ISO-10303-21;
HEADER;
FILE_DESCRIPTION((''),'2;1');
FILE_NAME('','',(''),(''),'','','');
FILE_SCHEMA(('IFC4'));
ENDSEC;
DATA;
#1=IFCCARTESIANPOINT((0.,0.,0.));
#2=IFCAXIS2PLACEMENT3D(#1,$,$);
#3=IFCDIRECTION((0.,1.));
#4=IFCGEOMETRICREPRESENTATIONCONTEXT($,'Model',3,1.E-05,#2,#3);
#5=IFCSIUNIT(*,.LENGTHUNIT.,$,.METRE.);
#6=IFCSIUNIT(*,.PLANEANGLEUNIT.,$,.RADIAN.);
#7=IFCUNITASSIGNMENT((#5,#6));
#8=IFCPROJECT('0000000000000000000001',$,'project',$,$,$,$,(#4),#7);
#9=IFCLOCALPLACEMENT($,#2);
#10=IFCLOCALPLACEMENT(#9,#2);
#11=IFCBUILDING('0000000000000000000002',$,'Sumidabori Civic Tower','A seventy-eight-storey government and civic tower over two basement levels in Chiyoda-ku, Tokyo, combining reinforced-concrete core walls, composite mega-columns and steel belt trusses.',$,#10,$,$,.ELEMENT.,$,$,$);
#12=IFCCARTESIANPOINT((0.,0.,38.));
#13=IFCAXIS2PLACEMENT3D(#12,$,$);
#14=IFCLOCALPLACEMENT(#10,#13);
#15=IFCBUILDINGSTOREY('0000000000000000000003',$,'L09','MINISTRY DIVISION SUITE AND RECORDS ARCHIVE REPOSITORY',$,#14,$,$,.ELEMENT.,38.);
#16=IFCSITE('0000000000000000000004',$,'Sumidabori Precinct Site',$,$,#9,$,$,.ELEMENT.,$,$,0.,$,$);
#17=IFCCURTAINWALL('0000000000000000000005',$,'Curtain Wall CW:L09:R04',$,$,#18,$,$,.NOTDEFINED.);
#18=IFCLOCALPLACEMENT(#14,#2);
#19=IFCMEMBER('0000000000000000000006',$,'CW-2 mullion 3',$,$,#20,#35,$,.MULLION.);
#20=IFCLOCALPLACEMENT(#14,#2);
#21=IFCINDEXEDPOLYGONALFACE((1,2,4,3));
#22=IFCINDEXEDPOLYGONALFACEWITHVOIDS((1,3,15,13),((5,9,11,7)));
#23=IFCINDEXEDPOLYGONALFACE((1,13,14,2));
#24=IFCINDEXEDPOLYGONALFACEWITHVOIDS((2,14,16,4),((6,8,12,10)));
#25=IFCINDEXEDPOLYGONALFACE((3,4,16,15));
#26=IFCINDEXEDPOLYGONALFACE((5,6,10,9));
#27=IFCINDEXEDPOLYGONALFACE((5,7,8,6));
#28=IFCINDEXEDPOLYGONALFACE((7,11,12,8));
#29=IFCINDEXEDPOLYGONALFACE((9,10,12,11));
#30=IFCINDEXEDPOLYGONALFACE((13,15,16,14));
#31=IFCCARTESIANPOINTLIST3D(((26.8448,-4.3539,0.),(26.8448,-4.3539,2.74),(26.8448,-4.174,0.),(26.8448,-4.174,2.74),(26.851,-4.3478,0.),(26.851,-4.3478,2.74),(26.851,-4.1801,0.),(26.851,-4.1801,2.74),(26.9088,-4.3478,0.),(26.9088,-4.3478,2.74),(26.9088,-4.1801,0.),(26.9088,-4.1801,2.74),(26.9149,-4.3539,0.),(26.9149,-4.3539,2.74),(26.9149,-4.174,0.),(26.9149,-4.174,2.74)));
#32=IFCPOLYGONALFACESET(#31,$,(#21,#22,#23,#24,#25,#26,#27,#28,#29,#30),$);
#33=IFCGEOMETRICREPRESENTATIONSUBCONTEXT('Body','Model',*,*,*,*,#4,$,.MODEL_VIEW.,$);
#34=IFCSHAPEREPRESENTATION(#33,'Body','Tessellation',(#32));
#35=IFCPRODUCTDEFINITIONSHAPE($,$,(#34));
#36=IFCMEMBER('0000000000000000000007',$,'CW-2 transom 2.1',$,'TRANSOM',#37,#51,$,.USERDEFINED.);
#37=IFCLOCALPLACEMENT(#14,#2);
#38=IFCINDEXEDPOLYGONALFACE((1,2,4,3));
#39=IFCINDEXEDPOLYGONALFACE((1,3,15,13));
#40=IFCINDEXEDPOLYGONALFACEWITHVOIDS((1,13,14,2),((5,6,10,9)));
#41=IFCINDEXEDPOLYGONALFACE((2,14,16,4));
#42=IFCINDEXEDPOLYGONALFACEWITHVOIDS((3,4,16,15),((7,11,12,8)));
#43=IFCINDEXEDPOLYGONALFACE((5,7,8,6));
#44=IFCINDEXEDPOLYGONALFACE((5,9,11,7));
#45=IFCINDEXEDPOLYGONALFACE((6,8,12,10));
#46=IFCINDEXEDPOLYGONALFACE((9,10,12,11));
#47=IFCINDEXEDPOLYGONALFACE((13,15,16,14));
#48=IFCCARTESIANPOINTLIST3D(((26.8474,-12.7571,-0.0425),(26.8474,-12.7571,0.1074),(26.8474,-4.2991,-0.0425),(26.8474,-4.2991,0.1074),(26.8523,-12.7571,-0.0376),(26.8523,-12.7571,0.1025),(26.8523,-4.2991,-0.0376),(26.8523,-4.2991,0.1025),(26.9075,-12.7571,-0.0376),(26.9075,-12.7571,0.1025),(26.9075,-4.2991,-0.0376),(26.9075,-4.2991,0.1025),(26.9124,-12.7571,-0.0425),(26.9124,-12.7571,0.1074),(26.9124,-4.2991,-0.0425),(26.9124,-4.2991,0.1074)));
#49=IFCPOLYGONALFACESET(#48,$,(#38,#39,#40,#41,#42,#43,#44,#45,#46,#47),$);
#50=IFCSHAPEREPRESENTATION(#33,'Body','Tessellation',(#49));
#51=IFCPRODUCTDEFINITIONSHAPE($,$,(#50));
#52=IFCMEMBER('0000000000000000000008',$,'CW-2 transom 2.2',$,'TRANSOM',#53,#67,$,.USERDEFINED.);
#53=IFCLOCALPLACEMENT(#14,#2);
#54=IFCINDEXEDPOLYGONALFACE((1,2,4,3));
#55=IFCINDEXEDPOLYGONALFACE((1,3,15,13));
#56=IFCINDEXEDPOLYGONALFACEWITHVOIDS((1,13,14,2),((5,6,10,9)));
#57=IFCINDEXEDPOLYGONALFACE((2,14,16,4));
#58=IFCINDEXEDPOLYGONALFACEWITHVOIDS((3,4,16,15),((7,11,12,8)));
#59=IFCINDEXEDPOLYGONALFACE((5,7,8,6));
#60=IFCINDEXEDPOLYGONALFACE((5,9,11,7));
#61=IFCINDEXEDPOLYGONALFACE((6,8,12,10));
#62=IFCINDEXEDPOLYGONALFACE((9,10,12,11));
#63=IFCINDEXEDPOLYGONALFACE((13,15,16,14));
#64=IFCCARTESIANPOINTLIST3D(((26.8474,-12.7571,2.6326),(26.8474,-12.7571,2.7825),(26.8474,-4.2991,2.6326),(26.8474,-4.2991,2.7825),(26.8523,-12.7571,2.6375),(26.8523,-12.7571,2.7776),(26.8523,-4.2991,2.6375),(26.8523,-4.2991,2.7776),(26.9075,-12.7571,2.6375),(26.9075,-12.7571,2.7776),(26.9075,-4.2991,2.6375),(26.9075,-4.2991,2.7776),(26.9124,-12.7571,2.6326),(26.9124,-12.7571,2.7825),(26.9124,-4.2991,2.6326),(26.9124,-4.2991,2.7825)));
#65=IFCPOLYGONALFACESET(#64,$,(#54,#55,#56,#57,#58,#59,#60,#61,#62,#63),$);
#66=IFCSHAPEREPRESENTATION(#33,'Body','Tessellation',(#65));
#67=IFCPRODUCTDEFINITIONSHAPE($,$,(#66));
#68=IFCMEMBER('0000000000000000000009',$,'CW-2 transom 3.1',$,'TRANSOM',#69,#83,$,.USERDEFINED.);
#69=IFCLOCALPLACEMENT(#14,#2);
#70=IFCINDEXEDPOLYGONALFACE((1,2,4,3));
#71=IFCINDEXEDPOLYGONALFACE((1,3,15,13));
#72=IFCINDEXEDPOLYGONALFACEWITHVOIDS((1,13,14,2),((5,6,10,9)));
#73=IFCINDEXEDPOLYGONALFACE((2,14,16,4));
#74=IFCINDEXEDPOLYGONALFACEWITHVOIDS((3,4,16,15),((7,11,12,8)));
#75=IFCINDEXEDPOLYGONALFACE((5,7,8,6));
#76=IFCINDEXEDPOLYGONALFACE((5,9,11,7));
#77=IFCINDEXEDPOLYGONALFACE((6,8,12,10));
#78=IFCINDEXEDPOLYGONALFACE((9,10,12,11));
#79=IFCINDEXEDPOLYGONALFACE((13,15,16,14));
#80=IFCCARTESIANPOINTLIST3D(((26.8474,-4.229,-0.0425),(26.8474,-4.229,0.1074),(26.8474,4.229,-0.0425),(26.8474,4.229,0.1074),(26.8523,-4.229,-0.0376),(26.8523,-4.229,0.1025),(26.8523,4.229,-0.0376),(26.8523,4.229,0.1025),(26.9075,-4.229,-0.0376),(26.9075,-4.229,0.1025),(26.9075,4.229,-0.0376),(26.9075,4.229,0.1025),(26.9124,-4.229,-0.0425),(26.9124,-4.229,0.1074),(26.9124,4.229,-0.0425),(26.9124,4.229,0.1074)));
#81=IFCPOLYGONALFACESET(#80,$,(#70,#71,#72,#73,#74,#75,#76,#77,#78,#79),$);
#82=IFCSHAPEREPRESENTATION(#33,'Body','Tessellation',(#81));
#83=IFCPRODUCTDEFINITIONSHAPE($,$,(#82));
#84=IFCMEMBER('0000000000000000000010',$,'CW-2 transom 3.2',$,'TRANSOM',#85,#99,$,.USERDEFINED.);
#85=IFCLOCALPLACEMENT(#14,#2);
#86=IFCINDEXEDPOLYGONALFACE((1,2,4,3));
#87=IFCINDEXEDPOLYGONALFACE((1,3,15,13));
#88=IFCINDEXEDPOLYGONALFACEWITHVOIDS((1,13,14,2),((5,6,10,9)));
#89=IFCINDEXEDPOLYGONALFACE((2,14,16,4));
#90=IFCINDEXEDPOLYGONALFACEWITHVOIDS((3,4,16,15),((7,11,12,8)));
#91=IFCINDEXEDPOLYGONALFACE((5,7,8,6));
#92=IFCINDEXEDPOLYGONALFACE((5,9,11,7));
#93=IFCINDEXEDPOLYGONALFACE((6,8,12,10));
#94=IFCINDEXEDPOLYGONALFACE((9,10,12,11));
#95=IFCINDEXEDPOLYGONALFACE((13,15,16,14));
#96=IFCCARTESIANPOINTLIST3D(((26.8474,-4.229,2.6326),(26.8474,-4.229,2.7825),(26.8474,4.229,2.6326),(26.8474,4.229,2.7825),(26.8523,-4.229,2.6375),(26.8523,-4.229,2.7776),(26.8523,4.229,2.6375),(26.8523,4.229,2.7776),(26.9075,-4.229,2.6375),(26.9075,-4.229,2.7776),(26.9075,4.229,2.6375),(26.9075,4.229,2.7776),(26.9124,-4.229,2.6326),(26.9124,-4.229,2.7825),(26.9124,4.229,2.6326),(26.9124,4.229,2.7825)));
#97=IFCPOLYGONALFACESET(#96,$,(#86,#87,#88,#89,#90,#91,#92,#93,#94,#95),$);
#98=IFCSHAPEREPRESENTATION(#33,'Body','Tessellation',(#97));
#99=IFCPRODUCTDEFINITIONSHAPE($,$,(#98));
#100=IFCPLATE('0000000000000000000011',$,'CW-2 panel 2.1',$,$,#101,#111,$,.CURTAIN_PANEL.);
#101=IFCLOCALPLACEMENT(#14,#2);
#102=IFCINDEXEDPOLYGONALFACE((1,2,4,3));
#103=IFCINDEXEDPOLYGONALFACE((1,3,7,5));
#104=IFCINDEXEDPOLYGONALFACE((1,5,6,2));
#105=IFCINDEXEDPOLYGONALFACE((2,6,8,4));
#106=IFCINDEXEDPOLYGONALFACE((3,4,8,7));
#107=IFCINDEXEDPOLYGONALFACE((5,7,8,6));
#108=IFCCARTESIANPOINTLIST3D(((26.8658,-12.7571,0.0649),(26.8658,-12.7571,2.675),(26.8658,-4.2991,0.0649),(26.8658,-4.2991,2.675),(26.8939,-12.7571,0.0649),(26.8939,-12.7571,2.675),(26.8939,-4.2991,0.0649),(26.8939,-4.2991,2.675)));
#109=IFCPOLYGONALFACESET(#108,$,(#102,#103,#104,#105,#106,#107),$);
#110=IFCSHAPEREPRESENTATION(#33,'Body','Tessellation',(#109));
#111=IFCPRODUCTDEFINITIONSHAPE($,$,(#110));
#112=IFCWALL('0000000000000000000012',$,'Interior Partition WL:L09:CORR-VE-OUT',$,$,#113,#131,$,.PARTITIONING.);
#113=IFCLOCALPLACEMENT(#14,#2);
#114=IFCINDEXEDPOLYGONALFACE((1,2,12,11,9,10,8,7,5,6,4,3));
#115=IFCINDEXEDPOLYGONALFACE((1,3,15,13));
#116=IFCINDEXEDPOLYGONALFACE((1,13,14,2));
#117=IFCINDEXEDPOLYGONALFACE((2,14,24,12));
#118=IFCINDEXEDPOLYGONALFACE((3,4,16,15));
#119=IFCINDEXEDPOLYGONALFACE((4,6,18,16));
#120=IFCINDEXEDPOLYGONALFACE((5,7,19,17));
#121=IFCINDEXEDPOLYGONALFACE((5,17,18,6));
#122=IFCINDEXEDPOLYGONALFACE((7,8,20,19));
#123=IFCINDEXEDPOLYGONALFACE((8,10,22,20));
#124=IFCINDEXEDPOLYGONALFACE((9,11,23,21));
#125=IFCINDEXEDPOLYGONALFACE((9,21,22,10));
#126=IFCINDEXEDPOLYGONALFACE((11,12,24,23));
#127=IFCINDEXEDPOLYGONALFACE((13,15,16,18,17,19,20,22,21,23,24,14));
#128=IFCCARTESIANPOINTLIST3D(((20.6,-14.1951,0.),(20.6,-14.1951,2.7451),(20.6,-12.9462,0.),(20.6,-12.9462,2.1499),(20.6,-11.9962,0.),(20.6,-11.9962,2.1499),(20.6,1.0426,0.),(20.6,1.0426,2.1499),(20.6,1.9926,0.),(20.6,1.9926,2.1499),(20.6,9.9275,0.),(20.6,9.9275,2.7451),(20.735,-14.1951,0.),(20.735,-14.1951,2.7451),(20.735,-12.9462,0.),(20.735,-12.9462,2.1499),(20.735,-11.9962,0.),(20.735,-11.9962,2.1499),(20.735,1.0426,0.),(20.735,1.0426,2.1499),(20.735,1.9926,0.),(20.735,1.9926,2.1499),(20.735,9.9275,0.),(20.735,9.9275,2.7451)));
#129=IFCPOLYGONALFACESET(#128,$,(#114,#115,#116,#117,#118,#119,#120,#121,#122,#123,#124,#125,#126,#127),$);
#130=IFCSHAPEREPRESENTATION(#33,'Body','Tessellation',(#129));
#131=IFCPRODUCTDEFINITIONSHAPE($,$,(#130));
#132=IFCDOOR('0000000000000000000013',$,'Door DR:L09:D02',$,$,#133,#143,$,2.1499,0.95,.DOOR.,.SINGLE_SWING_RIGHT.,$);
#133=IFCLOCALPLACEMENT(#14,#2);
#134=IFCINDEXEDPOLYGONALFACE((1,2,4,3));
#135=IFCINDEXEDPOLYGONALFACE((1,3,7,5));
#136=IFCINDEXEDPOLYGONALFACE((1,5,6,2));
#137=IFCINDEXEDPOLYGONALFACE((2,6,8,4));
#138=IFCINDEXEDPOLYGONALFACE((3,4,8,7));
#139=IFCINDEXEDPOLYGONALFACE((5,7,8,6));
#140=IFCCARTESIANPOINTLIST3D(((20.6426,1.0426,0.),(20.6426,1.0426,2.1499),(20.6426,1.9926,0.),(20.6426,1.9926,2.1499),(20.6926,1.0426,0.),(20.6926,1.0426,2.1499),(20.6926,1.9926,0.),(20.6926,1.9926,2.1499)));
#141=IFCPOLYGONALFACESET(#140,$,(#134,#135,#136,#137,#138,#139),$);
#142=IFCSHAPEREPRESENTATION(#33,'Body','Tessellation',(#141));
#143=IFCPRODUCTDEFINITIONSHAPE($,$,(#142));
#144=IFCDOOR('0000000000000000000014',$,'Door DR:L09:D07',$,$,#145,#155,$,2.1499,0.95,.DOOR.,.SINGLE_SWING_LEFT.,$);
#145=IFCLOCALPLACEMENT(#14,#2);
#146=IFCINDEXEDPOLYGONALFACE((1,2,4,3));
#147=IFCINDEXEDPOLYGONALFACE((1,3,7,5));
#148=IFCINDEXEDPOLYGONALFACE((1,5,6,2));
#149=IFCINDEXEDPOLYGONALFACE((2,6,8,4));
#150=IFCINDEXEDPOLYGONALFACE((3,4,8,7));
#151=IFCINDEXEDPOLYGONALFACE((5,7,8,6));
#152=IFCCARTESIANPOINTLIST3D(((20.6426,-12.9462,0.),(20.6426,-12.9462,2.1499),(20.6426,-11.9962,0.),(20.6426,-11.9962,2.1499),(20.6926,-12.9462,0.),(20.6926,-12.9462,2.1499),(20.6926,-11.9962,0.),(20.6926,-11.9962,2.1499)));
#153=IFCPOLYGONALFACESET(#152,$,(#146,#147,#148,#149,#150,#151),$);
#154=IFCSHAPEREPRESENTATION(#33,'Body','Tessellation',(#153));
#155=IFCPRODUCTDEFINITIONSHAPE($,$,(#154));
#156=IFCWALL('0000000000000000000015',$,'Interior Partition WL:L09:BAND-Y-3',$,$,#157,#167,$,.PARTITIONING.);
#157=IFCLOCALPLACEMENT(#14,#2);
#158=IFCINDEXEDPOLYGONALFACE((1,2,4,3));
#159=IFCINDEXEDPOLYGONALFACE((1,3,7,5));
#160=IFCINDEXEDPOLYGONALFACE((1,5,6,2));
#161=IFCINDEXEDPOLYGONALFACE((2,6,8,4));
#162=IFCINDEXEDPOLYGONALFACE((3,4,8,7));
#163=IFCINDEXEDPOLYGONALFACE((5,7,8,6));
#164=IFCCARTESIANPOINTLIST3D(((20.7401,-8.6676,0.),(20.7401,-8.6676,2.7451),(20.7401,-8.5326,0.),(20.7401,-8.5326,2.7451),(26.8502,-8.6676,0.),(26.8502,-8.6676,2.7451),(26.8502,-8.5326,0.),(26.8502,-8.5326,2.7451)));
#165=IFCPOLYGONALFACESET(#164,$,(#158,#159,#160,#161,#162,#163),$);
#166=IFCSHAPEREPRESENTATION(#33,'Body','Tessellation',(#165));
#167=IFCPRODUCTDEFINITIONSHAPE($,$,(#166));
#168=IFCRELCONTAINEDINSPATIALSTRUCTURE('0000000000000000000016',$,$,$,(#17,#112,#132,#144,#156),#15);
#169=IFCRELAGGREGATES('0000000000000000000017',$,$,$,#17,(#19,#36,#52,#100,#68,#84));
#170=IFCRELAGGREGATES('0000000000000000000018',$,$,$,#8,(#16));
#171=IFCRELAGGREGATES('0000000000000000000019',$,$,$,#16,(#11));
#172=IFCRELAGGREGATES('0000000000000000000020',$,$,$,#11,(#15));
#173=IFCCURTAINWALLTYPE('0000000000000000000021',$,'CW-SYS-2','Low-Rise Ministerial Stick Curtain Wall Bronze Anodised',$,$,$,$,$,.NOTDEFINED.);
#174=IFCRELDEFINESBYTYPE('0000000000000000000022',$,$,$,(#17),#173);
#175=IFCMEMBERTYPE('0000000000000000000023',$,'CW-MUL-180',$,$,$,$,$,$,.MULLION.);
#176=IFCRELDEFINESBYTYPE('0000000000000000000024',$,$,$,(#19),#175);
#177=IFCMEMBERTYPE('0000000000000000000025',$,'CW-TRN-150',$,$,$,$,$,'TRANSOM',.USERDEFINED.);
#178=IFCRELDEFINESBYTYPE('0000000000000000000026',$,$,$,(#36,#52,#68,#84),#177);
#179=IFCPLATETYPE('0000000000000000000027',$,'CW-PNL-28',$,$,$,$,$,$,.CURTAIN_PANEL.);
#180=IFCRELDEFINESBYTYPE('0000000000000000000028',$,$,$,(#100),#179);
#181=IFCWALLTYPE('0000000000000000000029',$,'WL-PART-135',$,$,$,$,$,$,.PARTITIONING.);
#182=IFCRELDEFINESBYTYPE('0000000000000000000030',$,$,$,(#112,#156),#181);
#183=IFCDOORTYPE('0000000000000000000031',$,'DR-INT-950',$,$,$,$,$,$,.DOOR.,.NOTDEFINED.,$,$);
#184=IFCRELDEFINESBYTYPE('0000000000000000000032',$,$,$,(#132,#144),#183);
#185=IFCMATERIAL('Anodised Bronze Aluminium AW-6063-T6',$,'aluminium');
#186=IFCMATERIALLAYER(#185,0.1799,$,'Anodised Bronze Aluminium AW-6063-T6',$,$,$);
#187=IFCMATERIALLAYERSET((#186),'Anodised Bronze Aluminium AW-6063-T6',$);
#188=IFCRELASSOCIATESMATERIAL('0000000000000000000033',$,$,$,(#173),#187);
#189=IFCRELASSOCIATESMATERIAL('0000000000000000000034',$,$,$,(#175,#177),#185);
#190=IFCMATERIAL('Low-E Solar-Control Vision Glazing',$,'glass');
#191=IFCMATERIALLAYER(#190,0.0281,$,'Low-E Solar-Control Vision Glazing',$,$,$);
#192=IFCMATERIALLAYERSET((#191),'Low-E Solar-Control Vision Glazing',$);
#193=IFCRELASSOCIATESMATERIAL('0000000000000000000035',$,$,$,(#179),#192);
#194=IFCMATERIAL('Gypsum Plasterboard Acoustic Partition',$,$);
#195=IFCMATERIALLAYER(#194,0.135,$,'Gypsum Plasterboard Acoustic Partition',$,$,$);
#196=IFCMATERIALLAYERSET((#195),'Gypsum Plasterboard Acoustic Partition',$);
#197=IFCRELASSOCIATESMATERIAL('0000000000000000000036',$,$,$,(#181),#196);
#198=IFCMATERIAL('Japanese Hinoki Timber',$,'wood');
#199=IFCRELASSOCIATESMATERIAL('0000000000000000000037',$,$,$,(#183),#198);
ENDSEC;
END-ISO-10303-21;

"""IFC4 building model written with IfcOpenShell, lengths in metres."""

from ifc_helpers import new_model, si_unit, direction, frame, frame_2d, origin, origin_2d, place, context, subcontext, project, spatial, rectangle, hollow_rectangle, extrude, source, transform, mapped, material, layer, layer_set, material_profile, profile_set, type_object, element, fill, aggregate, save


model = new_model("IFC4")

# Units and contexts
model_context = context("Model", 3, precision=1e-05, world=origin(), true_north=direction((0.0, 1.0)))
body_context = subcontext(model_context, "Body", "Model", "MODEL_VIEW")
ifc_project = project(units=[si_unit("LENGTHUNIT", "METRE"), si_unit("PLANEANGLEUNIT", "RADIAN")], contexts=[model_context])

# Site, building, storey
site_placement = place(None, origin())
site = spatial("IfcSite", under=ifc_project, at=site_placement, Name="Sumidabori Precinct Site", CompositionType="ELEMENT", RefElevation=0.0)
building_placement = place(site_placement, origin())
building = spatial("IfcBuilding", under=site, at=building_placement, Name="Sumidabori Civic Tower", Description="A seventy-eight-storey government and civic tower over two basement levels in Chiyoda-ku, Tokyo, combining reinforced-concrete core walls, composite mega-columns and steel belt trusses.", CompositionType="ELEMENT")
storey_placement = place(building_placement, frame((0.0, 0.0, 38.0)))
storey = spatial("IfcBuildingStorey", under=building, at=storey_placement, Name="L09", Description="MINISTRY DIVISION SUITE AND RECORDS ARCHIVE REPOSITORY", CompositionType="ELEMENT", Elevation=38.0)

# Curtain wall, members, plate
ifc_material_1 = material(Name="Anodised Bronze Aluminium AW-6063-T6", Category="aluminium")
ifc_layer_1 = layer(ifc_material_1, 0.1799, Name="Anodised Bronze Aluminium AW-6063-T6")
ifc_layer_set_1 = layer_set([ifc_layer_1], Name="Anodised Bronze Aluminium AW-6063-T6")
curtain_wall_type = type_object("IfcCurtainWallType", Name="CW-SYS-2", Description="Low-Rise Ministerial Stick Curtain Wall Bronze Anodised", PredefinedType="NOTDEFINED", material=ifc_layer_set_1)
curtain_wall_placement = place(storey_placement, origin())
curtain_wall = element("IfcCurtainWall", 1, at=curtain_wall_placement, inside=storey, type_object=curtain_wall_type, Name="Curtain Wall CW:L09:R04", PredefinedType="NOTDEFINED")
ifc_material_profile_1 = material_profile(ifc_material_1, hollow_rectangle(XDim=0.0701, YDim=0.1799, WallThickness=0.0061, at=origin_2d()), Name="ALU MULLION 180x70")
ifc_profile_set_1 = profile_set([ifc_material_profile_1], Name="Anodised Bronze Aluminium AW-6063-T6")
member_type_1 = type_object("IfcMemberType", Name="CW-MUL-180", PredefinedType="MULLION", material=ifc_profile_set_1)
shared_shape_1 = source(origin(), body_context, "Body", "SweptSolid", [
    extrude(hollow_rectangle(XDim=0.0701, YDim=0.1799, WallThickness=0.0061, at=origin_2d()), origin(), (0.0, 0.0, 1.0), 2.74),
])
member_1_placement = place(storey_placement, frame((26.8799, -4.2639, 0.0), z_axis=(0.0, 0.0, 1.0), x_axis=(-1.0, 0.0, 0.0)))
member_1 = element("IfcMember", 2, at=member_1_placement, type_object=member_type_1, Name="CW-2 mullion 3", PredefinedType="MULLION", context=body_context, shape_type="MappedRepresentation", body=[
    mapped(shared_shape_1, transform((0.0, 0.0, 0.0), x_axis=(1.0, 0.0, 0.0), y_axis=(0.0, 1.0, 0.0), z_axis=(0.0, 0.0, 1.0), scale=1.0)),
])
ifc_material_profile_2 = material_profile(ifc_material_1, hollow_rectangle(XDim=0.0649, YDim=0.1499, WallThickness=0.0049, at=origin_2d()), Name="ALU TRANSOM 150x65")
ifc_profile_set_2 = profile_set([ifc_material_profile_2], Name="Anodised Bronze Aluminium AW-6063-T6")
member_type_2 = type_object("IfcMemberType", Name="CW-TRN-150", ElementType="TRANSOM", PredefinedType="USERDEFINED", material=ifc_profile_set_2)
shared_shape_2 = source(origin(), body_context, "Body", "SweptSolid", [
    extrude(hollow_rectangle(XDim=0.0649, YDim=0.1499, WallThickness=0.0049, at=origin_2d()), origin(), (0.0, 0.0, 1.0), 8.458),
])
member_2_placement = place(storey_placement, frame((26.8799, -12.7571, 0.0325), z_axis=(0.0, 1.0, 0.0), x_axis=(-1.0, 0.0, 0.0)))
member_2 = element("IfcMember", 3, at=member_2_placement, type_object=member_type_2, Name="CW-2 transom 2.1", ObjectType="TRANSOM", PredefinedType="USERDEFINED", context=body_context, shape_type="MappedRepresentation", body=[
    mapped(shared_shape_2, transform((0.0, 0.0, 0.0), x_axis=(1.0, 0.0, 0.0), y_axis=(0.0, 1.0, 0.0), z_axis=(0.0, 0.0, 1.0), scale=1.0)),
])
member_3_placement = place(storey_placement, frame((26.8799, -12.7571, 2.7075), z_axis=(0.0, 1.0, 0.0), x_axis=(-1.0, 0.0, 0.0)))
member_3 = element("IfcMember", 4, at=member_3_placement, type_object=member_type_2, Name="CW-2 transom 2.2", ObjectType="TRANSOM", PredefinedType="USERDEFINED", context=body_context, shape_type="MappedRepresentation", body=[
    mapped(shared_shape_2, transform((0.0, 0.0, 0.0), x_axis=(1.0, 0.0, 0.0), y_axis=(0.0, 1.0, 0.0), z_axis=(0.0, 0.0, 1.0), scale=1.0)),
])
member_4_placement = place(storey_placement, frame((26.8799, -4.229, 0.0325), z_axis=(0.0, 1.0, 0.0), x_axis=(-1.0, 0.0, 0.0)))
member_4 = element("IfcMember", 5, at=member_4_placement, type_object=member_type_2, Name="CW-2 transom 3.1", ObjectType="TRANSOM", PredefinedType="USERDEFINED", context=body_context, shape_type="MappedRepresentation", body=[
    mapped(shared_shape_2, transform((0.0, 0.0, 0.0), x_axis=(1.0, 0.0, 0.0), y_axis=(0.0, 1.0, 0.0), z_axis=(0.0, 0.0, 1.0), scale=1.0)),
])
member_5_placement = place(storey_placement, frame((26.8799, -4.229, 2.7075), z_axis=(0.0, 1.0, 0.0), x_axis=(-1.0, 0.0, 0.0)))
member_5 = element("IfcMember", 6, at=member_5_placement, type_object=member_type_2, Name="CW-2 transom 3.2", ObjectType="TRANSOM", PredefinedType="USERDEFINED", context=body_context, shape_type="MappedRepresentation", body=[
    mapped(shared_shape_2, transform((0.0, 0.0, 0.0), x_axis=(1.0, 0.0, 0.0), y_axis=(0.0, 1.0, 0.0), z_axis=(0.0, 0.0, 1.0), scale=1.0)),
])
ifc_material_2 = material(Name="Low-E Solar-Control Vision Glazing", Category="glass")
ifc_layer_2 = layer(ifc_material_2, 0.0281, Name="Low-E Solar-Control Vision Glazing")
ifc_layer_set_2 = layer_set([ifc_layer_2], Name="Low-E Solar-Control Vision Glazing")
plate_type = type_object("IfcPlateType", Name="CW-PNL-28", PredefinedType="CURTAIN_PANEL", material=ifc_layer_set_2)
shared_shape_3 = source(origin(), body_context, "Body", "SweptSolid", [
    extrude(rectangle(XDim=8.458, YDim=0.0281, at=origin_2d()), origin(), (0.0, 0.0, 1.0), 2.6101),
])
plate_placement = place(storey_placement, frame((26.8799, -8.5281, 0.0649), z_axis=(0.0, 0.0, 1.0), x_axis=(0.0, 1.0, 0.0)))
plate = element("IfcPlate", 7, at=plate_placement, type_object=plate_type, Name="CW-2 panel 2.1", PredefinedType="CURTAIN_PANEL", context=body_context, shape_type="MappedRepresentation", body=[
    mapped(shared_shape_3, transform((0.0, 0.0, 0.0), x_axis=(1.0, 0.0, 0.0), y_axis=(0.0, 1.0, 0.0), z_axis=(0.0, 0.0, 1.0), scale=1.0)),
])
aggregate(curtain_wall, [member_1, member_2, member_3, plate, member_4, member_5])

# Wall, openings, doors
ifc_material_3 = material(Name="Gypsum Plasterboard Acoustic Partition")
ifc_layer_3 = layer(ifc_material_3, 0.135, Name="Gypsum Plasterboard Acoustic Partition")
ifc_layer_set_3 = layer_set([ifc_layer_3], Name="Gypsum Plasterboard Acoustic Partition")
wall_type = type_object("IfcWallType", Name="WL-PART-135", PredefinedType="PARTITIONING", material=ifc_layer_set_3)
shared_shape_4 = source(origin(), body_context, "Body", "SweptSolid", [
    extrude(rectangle(XDim=24.1226, YDim=0.135, at=frame_2d((12.0613, 0.0))), origin(), (0.0, 0.0, 1.0), 2.7451),
])
wall_1_placement = place(storey_placement, frame((20.6675, -14.1951, 0.0), z_axis=(0.0, 0.0, 1.0), x_axis=(0.0, 1.0, 0.0)))
wall_1 = element("IfcWall", 8, at=wall_1_placement, inside=storey, type_object=wall_type, Name="Interior Partition WL:L09:CORR-VE-OUT", PredefinedType="PARTITIONING", context=body_context, shape_type="MappedRepresentation", body=[
    mapped(shared_shape_4, transform((0.0, 0.0, 0.0), x_axis=(1.0, 0.0, 0.0), y_axis=(0.0, 1.0, 0.0), z_axis=(0.0, 0.0, 1.0), scale=1.0)),
])
opening_1_placement = place(wall_1_placement, frame((15.2375, 0.0, 0.0)))
opening_1 = element("IfcOpeningElement", 9, at=opening_1_placement, cuts=wall_1, PredefinedType="OPENING", context=body_context, shape_type="SweptSolid", body=[
    extrude(rectangle(XDim=0.95, YDim=2.1499, at=frame_2d((0.4751, 1.075))), frame((0.0, 0.0796, 0.0), z_axis=(0.0, -1.0, 0.0), x_axis=(1.0, 0.0, 0.0)), (0.0, 0.0, 1.0), 0.1589),
])
opening_2_placement = place(wall_1_placement, frame((1.2488, 0.0, 0.0)))
opening_2 = element("IfcOpeningElement", 10, at=opening_2_placement, cuts=wall_1, PredefinedType="OPENING", context=body_context, shape_type="SweptSolid", body=[
    extrude(rectangle(XDim=0.95, YDim=2.1499, at=frame_2d((0.4751, 1.075))), frame((0.0, 0.0796, 0.0), z_axis=(0.0, -1.0, 0.0), x_axis=(1.0, 0.0, 0.0)), (0.0, 0.0, 1.0), 0.1589),
])
ifc_material_4 = material(Name="Japanese Hinoki Timber", Category="wood")
door_type = type_object("IfcDoorType", Name="DR-INT-950", OperationType="NOTDEFINED", PredefinedType="DOOR", material=ifc_material_4)
shared_shape_5 = source(origin(), body_context, "Body", "SweptSolid", [
    extrude(rectangle(XDim=0.95, YDim=2.1499, at=frame_2d((0.4751, 1.075))), frame((0.0, 0.0249, 0.0), z_axis=(0.0, -1.0, 0.0), x_axis=(1.0, 0.0, 0.0)), (0.0, 0.0, 1.0), 0.05),
])
door_1_placement = place(opening_1_placement, origin())
door_1 = element("IfcDoor", 11, at=door_1_placement, inside=storey, type_object=door_type, Name="Door DR:L09:D02", OperationType="SINGLE_SWING_RIGHT", OverallHeight=2.1499, OverallWidth=0.95, PredefinedType="DOOR", context=body_context, shape_type="MappedRepresentation", body=[
    mapped(shared_shape_5, transform((0.0, 0.0, 0.0), x_axis=(1.0, 0.0, 0.0), y_axis=(0.0, 1.0, 0.0), z_axis=(0.0, 0.0, 1.0), scale=1.0)),
])
fill(opening_1, door_1)
door_2_placement = place(opening_2_placement, origin())
door_2 = element("IfcDoor", 12, at=door_2_placement, inside=storey, type_object=door_type, Name="Door DR:L09:D07", OperationType="SINGLE_SWING_LEFT", OverallHeight=2.1499, OverallWidth=0.95, PredefinedType="DOOR", context=body_context, shape_type="MappedRepresentation", body=[
    mapped(shared_shape_5, transform((0.0, 0.0, 0.0), x_axis=(1.0, 0.0, 0.0), y_axis=(0.0, 1.0, 0.0), z_axis=(0.0, 0.0, 1.0), scale=1.0)),
])
fill(opening_2, door_2)

# Wall
shared_shape_6 = source(origin(), body_context, "Body", "SweptSolid", [
    extrude(rectangle(XDim=6.1101, YDim=0.135, at=frame_2d((3.0552, 0.0))), origin(), (0.0, 0.0, 1.0), 2.7451),
])
wall_2_placement = place(storey_placement, frame((20.74, -8.6001, 0.0), z_axis=(0.0, 0.0, 1.0), x_axis=(1.0, 0.0, 0.0)))
element("IfcWall", 13, at=wall_2_placement, inside=storey, type_object=wall_type, Name="Interior Partition WL:L09:BAND-Y-3", PredefinedType="PARTITIONING", context=body_context, shape_type="MappedRepresentation", body=[
    mapped(shared_shape_6, transform((0.0, 0.0, 0.0), x_axis=(1.0, 0.0, 0.0), y_axis=(0.0, 1.0, 0.0), z_axis=(0.0, 0.0, 1.0), scale=1.0)),
])

save(model, "model.ifc")
